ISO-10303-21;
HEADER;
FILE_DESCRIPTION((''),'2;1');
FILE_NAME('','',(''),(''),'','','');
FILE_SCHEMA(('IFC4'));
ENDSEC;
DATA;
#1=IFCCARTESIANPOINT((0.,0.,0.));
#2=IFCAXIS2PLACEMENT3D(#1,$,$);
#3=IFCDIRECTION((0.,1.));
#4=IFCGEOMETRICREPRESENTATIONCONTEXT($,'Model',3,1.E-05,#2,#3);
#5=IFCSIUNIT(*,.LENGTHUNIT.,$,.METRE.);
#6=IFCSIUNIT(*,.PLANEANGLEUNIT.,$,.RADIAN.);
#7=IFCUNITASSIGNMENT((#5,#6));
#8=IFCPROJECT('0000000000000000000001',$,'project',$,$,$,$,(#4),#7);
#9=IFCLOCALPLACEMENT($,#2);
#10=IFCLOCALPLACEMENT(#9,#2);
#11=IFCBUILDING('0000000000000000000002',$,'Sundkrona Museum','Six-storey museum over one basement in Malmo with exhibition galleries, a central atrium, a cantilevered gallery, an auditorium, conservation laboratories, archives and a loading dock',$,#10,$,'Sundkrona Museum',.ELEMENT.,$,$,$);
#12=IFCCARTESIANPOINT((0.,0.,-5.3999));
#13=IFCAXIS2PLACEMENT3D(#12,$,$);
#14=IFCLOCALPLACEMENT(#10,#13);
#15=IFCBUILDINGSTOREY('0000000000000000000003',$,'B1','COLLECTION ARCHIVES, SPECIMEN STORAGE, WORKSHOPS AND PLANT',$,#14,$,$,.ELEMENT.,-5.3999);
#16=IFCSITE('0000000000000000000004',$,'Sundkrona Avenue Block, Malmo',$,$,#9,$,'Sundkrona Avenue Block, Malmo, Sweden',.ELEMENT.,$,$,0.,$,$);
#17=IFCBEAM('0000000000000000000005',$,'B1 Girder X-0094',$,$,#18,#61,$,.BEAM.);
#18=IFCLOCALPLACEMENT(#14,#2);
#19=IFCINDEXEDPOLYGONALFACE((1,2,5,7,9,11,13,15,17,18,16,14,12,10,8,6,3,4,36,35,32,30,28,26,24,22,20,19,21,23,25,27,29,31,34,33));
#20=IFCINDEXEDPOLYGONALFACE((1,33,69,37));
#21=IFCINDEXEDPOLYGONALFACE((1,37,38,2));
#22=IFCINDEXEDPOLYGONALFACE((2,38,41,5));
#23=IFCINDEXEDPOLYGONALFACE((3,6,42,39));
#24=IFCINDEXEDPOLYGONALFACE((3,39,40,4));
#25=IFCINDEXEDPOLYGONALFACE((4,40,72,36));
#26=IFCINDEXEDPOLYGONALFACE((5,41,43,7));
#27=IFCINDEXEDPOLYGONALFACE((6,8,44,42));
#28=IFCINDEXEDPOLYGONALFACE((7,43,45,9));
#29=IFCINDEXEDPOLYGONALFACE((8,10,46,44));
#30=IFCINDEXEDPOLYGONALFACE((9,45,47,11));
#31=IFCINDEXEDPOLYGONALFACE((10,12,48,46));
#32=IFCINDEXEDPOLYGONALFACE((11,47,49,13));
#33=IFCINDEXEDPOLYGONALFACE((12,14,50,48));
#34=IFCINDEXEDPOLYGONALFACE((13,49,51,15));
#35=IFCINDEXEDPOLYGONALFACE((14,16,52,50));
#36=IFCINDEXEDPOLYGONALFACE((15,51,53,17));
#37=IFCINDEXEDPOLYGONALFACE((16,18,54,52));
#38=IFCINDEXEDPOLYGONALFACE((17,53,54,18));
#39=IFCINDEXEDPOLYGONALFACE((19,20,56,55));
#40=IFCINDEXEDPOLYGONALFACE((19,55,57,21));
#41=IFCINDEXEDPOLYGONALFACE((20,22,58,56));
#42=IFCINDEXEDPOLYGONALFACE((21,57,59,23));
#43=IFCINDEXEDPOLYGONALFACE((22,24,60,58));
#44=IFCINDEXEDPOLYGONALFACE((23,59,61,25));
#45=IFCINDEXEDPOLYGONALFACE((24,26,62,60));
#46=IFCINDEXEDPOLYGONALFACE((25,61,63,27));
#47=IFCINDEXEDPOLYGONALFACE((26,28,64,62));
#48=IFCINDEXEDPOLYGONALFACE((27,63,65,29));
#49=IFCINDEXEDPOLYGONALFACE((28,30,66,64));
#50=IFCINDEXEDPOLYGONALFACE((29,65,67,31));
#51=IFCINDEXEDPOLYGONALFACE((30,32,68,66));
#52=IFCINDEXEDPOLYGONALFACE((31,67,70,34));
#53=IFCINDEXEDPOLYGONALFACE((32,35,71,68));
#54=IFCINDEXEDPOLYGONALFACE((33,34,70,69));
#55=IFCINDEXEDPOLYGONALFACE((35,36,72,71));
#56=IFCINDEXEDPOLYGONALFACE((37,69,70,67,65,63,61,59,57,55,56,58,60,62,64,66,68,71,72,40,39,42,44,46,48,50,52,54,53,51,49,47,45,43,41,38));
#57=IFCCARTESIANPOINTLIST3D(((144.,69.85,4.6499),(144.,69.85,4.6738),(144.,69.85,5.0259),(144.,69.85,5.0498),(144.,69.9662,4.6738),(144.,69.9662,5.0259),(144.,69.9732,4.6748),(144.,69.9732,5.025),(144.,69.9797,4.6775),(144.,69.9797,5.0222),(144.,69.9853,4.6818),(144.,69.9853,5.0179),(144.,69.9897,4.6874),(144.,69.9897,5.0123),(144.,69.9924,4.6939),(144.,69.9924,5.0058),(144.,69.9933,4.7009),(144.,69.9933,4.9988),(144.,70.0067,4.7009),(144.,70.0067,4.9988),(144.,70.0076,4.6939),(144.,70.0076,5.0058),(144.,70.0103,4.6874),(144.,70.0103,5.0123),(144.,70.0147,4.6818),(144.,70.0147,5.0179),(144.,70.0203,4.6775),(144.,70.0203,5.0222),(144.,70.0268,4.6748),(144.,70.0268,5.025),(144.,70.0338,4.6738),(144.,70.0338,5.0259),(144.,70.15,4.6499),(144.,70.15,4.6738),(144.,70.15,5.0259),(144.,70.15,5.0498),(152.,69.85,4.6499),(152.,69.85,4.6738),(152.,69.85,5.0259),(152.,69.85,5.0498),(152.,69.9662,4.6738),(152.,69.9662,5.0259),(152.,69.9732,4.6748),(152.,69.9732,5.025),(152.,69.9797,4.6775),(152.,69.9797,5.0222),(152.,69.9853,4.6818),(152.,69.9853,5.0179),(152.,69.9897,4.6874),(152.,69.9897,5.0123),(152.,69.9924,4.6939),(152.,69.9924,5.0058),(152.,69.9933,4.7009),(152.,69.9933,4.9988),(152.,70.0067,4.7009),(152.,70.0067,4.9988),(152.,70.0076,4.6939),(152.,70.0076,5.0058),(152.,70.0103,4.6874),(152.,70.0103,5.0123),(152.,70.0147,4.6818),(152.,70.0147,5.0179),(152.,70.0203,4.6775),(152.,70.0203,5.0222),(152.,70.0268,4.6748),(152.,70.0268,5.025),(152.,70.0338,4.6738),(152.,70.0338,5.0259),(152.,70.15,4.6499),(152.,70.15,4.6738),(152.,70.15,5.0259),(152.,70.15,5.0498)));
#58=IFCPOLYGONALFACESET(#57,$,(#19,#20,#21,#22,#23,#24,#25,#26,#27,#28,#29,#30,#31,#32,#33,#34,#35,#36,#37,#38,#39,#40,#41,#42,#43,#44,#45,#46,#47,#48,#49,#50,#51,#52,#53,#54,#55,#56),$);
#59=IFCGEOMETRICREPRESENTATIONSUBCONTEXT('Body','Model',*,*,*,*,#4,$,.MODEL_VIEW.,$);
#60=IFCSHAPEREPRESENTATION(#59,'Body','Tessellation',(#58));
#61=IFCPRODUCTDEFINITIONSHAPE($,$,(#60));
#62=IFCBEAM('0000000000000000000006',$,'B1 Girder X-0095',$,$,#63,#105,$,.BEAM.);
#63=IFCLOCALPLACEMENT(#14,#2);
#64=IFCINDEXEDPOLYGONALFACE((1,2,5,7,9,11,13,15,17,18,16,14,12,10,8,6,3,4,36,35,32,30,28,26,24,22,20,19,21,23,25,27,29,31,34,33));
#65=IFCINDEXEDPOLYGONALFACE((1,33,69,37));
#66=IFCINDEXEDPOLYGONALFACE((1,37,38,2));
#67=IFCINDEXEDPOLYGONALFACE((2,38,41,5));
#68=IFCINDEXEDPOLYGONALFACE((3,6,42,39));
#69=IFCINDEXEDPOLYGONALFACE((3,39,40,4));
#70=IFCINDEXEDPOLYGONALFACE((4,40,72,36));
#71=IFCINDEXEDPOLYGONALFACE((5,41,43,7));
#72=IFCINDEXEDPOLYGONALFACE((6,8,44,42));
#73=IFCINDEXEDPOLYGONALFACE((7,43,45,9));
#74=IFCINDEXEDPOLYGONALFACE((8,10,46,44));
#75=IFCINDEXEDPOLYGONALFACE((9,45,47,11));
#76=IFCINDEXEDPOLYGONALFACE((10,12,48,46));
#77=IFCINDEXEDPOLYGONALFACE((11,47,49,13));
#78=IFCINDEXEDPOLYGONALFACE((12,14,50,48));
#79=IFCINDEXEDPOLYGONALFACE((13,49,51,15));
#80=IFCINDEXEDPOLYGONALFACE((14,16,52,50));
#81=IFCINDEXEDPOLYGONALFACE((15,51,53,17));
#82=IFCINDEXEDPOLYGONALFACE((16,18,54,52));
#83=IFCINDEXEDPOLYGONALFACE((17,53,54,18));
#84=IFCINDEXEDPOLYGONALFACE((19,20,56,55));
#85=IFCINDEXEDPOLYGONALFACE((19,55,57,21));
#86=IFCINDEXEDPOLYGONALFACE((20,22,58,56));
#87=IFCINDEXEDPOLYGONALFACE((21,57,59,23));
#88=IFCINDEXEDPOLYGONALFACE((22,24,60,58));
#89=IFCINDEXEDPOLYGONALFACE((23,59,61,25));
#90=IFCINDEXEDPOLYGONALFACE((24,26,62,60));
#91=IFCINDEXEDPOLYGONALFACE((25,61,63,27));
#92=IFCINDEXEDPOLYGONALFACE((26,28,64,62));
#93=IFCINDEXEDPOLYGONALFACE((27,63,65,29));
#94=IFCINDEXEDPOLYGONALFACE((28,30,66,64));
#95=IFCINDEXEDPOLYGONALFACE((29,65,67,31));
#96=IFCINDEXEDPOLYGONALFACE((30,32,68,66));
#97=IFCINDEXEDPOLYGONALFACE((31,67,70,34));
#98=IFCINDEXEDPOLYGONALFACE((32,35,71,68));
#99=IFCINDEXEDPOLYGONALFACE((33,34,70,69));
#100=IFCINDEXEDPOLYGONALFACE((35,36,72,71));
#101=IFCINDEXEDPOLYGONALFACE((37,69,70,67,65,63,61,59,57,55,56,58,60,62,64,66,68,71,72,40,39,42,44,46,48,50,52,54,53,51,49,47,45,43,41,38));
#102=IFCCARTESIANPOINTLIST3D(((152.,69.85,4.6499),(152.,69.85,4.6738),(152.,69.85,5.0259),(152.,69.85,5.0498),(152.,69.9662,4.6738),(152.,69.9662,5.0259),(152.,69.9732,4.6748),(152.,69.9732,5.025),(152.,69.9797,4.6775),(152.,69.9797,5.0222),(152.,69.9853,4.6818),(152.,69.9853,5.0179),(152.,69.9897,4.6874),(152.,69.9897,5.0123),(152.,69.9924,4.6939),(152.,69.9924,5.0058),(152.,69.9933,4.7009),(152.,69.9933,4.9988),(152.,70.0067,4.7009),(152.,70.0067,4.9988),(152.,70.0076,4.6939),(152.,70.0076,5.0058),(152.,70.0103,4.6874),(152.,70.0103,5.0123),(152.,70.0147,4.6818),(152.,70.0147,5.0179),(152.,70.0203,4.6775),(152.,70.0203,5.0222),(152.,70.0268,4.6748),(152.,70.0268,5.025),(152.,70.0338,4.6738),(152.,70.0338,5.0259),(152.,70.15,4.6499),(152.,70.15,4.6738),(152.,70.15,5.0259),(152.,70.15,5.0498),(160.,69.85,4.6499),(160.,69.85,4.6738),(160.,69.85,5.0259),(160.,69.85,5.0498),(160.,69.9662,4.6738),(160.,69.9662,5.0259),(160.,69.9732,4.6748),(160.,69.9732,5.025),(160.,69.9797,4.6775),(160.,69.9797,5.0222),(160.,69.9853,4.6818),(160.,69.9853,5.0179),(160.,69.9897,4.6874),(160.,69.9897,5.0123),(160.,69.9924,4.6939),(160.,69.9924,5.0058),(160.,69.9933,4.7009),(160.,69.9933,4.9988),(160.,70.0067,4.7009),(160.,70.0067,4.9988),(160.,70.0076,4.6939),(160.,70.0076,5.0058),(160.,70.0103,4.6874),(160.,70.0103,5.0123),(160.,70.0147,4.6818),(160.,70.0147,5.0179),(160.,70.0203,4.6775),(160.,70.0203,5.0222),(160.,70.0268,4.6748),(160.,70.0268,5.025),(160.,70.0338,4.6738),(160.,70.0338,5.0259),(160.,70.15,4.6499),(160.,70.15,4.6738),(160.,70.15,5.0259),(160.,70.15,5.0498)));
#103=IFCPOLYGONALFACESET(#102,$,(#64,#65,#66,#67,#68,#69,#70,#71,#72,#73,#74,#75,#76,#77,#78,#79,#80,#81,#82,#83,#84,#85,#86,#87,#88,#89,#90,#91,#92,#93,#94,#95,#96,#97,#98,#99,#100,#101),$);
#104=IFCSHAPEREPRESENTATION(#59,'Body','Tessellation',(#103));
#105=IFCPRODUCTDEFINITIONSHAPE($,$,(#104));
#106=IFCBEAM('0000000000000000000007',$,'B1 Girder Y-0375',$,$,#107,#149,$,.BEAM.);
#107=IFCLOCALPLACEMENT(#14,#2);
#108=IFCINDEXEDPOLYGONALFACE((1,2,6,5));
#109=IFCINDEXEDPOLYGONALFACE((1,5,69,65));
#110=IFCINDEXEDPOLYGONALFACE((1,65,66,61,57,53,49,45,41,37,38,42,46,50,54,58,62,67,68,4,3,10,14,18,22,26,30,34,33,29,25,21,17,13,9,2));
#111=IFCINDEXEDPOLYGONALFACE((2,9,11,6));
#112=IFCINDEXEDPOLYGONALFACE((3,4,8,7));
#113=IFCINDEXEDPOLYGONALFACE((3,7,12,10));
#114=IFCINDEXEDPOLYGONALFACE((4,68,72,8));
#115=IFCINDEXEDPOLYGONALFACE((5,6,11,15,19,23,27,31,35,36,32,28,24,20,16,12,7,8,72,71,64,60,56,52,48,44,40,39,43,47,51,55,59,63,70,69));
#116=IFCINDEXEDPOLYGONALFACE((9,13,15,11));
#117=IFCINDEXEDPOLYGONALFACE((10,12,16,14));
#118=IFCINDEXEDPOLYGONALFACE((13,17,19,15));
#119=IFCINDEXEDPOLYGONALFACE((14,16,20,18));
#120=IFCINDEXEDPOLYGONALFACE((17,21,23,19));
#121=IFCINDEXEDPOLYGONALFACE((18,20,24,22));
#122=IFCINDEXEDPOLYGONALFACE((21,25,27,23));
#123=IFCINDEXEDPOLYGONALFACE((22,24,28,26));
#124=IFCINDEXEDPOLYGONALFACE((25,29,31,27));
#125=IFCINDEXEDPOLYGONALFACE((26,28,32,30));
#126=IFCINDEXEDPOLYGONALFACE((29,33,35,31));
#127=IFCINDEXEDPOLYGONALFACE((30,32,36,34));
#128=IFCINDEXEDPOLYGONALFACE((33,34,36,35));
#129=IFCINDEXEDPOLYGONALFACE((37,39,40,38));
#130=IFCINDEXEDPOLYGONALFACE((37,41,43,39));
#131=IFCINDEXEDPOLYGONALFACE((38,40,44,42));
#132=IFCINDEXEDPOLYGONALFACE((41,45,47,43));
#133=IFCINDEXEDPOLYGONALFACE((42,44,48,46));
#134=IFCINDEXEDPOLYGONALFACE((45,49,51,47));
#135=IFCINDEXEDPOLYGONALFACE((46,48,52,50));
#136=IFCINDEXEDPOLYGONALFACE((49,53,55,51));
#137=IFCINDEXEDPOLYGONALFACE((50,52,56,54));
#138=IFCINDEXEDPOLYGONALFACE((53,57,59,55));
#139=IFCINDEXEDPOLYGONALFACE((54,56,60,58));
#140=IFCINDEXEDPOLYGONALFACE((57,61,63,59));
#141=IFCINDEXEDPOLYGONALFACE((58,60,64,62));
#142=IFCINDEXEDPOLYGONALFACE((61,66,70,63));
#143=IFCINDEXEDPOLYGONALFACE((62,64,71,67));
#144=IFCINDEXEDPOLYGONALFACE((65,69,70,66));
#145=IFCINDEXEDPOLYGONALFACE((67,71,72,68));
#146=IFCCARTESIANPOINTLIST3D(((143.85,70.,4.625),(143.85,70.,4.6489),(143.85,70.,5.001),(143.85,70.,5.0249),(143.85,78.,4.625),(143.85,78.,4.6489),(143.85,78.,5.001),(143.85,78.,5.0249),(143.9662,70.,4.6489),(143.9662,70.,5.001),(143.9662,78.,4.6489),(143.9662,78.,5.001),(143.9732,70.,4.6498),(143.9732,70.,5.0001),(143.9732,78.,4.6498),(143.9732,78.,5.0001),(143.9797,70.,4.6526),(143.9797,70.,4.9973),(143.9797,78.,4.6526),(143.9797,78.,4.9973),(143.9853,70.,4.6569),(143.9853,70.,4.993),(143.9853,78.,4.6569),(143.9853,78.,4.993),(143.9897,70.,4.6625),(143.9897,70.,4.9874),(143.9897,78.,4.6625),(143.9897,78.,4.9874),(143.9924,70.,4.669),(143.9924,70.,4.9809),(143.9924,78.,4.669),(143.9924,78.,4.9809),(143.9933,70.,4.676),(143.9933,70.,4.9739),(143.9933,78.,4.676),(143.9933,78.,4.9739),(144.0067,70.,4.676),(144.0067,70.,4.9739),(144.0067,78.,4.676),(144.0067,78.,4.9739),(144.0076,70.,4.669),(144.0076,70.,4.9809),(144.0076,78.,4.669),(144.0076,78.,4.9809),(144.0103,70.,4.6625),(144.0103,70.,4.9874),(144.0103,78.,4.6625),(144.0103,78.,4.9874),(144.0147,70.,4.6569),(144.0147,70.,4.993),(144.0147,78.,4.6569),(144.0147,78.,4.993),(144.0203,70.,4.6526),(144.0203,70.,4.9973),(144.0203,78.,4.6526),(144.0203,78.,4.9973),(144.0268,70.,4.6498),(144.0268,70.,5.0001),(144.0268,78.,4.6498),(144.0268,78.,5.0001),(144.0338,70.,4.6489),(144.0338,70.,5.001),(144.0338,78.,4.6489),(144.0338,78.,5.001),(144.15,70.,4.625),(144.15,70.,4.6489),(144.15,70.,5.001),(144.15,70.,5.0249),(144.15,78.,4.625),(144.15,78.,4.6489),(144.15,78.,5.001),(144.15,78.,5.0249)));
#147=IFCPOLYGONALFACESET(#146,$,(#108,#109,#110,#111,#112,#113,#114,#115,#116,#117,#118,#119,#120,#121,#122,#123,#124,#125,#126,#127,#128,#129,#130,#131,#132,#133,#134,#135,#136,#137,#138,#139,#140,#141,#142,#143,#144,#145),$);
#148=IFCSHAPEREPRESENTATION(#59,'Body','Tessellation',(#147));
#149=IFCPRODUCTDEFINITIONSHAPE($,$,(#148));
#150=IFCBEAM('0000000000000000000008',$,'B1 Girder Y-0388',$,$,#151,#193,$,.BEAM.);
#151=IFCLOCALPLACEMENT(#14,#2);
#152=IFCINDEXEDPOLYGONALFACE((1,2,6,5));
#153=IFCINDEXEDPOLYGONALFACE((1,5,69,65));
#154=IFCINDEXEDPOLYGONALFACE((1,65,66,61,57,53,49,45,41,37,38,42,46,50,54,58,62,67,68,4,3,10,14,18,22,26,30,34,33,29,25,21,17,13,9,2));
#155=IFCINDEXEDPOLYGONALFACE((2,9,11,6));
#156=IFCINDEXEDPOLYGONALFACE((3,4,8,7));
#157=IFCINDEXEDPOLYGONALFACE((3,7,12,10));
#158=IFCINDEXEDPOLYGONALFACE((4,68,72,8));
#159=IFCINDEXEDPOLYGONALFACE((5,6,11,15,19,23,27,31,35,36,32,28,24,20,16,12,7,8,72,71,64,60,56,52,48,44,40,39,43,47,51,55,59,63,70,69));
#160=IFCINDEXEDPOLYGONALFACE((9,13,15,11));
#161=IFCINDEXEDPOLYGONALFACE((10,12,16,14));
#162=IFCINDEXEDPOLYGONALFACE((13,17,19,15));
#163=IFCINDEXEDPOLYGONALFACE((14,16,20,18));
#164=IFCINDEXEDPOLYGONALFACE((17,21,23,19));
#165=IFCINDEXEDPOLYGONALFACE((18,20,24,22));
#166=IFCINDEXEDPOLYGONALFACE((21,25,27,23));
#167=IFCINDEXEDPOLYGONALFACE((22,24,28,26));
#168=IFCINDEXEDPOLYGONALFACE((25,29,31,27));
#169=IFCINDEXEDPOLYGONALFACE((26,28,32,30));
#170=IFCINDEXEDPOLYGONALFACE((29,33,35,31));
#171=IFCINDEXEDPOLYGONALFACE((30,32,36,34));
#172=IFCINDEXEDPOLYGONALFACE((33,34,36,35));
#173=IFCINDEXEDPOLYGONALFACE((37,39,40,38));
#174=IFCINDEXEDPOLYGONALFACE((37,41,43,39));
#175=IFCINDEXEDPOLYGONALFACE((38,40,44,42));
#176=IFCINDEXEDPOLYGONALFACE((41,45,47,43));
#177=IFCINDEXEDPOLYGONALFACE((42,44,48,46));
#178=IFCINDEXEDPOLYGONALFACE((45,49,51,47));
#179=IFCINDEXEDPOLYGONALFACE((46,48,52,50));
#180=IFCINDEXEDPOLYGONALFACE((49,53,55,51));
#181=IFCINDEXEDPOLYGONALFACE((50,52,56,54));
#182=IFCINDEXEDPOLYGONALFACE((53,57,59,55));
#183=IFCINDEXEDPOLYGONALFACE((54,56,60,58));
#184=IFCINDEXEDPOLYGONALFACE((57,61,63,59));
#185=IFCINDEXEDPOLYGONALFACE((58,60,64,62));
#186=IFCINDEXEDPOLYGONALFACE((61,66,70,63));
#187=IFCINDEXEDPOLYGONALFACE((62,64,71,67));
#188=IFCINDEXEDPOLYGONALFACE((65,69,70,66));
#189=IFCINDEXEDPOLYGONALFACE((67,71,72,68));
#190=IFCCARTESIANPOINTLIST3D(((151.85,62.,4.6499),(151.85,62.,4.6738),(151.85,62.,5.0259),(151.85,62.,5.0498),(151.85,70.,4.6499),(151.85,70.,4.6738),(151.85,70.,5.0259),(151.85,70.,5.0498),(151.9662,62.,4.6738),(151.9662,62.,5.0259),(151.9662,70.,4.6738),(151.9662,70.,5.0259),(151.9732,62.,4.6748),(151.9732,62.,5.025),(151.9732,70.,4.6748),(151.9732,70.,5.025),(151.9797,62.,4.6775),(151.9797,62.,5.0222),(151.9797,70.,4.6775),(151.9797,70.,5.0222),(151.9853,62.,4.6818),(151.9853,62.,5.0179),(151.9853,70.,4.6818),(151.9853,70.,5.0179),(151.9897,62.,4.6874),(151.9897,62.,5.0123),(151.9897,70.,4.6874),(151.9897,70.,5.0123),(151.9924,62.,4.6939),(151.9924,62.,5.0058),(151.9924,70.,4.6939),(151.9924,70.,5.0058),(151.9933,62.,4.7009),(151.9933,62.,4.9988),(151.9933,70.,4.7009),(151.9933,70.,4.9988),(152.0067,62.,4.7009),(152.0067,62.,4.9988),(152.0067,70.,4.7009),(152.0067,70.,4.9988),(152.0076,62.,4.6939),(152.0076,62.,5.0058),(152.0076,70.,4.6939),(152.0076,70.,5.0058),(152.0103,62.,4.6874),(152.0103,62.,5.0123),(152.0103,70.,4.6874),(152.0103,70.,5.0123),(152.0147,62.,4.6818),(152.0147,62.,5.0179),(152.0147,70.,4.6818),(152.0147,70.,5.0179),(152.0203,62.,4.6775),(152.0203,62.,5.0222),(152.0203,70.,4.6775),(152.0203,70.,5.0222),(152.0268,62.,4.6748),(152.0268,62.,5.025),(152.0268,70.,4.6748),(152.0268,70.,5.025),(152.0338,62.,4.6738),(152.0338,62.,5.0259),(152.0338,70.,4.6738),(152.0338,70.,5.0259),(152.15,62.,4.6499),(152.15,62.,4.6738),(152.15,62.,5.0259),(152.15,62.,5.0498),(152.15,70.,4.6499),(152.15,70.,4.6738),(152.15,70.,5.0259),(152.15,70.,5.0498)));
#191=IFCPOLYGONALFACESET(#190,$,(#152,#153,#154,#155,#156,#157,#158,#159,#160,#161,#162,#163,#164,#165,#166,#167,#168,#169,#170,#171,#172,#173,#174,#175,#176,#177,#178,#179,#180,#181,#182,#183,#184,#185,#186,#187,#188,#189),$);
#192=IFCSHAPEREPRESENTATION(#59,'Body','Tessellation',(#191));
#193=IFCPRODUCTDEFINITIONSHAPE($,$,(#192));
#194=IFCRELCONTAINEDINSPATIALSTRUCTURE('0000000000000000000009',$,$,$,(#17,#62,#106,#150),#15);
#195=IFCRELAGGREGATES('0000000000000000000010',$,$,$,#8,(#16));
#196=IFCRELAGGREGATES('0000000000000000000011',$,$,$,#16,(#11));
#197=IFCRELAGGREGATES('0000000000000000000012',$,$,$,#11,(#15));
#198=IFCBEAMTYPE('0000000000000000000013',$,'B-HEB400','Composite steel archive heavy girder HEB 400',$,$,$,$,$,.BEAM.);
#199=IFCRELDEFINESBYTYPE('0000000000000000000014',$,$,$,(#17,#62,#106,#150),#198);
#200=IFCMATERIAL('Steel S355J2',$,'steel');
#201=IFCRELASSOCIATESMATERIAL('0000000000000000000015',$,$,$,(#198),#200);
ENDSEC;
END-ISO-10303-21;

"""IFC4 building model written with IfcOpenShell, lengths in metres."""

from ifc_helpers import new_model, si_unit, direction, frame, origin, origin_2d, place, context, subcontext, project, spatial, i_section, extrude, material, material_profile, profile_set, type_object, element, save


model = new_model("IFC4")

# Units and contexts
model_context = context("Model", 3, precision=1e-05, world=origin(), true_north=direction((0.0, 1.0)))
body_context = subcontext(model_context, "Body", "Model", "MODEL_VIEW")
ifc_project = project(units=[si_unit("LENGTHUNIT", "METRE"), si_unit("PLANEANGLEUNIT", "RADIAN")], contexts=[model_context])

# Site, building, storey
site_placement = place(None, origin())
site = spatial("IfcSite", under=ifc_project, at=site_placement, Name="Sundkrona Avenue Block, Malmo", LongName="Sundkrona Avenue Block, Malmo, Sweden", CompositionType="ELEMENT", RefElevation=0.0)
building_placement = place(site_placement, origin())
building = spatial("IfcBuilding", under=site, at=building_placement, Name="Sundkrona Museum", Description="Six-storey museum over one basement in Malmo with exhibition galleries, a central atrium, a cantilevered gallery, an auditorium, conservation laboratories, archives and a loading dock", LongName="Sundkrona Museum", CompositionType="ELEMENT")
storey_placement = place(building_placement, frame((0.0, 0.0, -5.3999)))
storey = spatial("IfcBuildingStorey", under=building, at=storey_placement, Name="B1", Description="COLLECTION ARCHIVES, SPECIMEN STORAGE, WORKSHOPS AND PLANT", CompositionType="ELEMENT", Elevation=-5.3999)

# Beams
ifc_material_1 = material(Name="Steel S355J2", Category="steel")
ifc_material_profile_1 = material_profile(ifc_material_1, i_section(OverallWidth=0.3, OverallDepth=0.3999, WebThickness=0.0134, FlangeThickness=0.0239, FilletRadius=0.0271, at=origin_2d()), Name="HEB 400")
ifc_profile_set_1 = profile_set([ifc_material_profile_1], Name="Steel S355J2")
beam_type_1 = type_object("IfcBeamType", Name="B-HEB400", Description="Composite steel archive heavy girder HEB 400", PredefinedType="BEAM", material=ifc_profile_set_1)
for number, where, z_axis, x_axis, name in (
    (1, (144.0, 70.0, 4.8499), (1.0, 0.0, 0.0), (0.0, 1.0, 0.0), "B1 Girder X-0094"),
    (2, (152.0, 70.0, 4.8499), (1.0, 0.0, 0.0), (0.0, 1.0, 0.0), "B1 Girder X-0095"),
    (3, (144.0, 70.0, 4.825), (0.0, 1.0, 0.0), (-1.0, 0.0, 0.0), "B1 Girder Y-0375"),
    (4, (152.0, 62.0, 4.8499), (0.0, 1.0, 0.0), (-1.0, 0.0, 0.0), "B1 Girder Y-0388"),
):
    element("IfcBeam", number, at=place(storey_placement, frame(where, z_axis=z_axis, x_axis=x_axis)), inside=storey, type_object=beam_type_1, Name=name, PredefinedType="BEAM", context=body_context, shape_type="SweptSolid", body=[
        extrude(i_section(OverallWidth=0.3, OverallDepth=0.3999, WebThickness=0.0134, FlangeThickness=0.0239, FilletRadius=0.0271, at=origin_2d()), origin(), (0.0, 0.0, 1.0), 8.0),
    ])

save(model, "model.ifc")
